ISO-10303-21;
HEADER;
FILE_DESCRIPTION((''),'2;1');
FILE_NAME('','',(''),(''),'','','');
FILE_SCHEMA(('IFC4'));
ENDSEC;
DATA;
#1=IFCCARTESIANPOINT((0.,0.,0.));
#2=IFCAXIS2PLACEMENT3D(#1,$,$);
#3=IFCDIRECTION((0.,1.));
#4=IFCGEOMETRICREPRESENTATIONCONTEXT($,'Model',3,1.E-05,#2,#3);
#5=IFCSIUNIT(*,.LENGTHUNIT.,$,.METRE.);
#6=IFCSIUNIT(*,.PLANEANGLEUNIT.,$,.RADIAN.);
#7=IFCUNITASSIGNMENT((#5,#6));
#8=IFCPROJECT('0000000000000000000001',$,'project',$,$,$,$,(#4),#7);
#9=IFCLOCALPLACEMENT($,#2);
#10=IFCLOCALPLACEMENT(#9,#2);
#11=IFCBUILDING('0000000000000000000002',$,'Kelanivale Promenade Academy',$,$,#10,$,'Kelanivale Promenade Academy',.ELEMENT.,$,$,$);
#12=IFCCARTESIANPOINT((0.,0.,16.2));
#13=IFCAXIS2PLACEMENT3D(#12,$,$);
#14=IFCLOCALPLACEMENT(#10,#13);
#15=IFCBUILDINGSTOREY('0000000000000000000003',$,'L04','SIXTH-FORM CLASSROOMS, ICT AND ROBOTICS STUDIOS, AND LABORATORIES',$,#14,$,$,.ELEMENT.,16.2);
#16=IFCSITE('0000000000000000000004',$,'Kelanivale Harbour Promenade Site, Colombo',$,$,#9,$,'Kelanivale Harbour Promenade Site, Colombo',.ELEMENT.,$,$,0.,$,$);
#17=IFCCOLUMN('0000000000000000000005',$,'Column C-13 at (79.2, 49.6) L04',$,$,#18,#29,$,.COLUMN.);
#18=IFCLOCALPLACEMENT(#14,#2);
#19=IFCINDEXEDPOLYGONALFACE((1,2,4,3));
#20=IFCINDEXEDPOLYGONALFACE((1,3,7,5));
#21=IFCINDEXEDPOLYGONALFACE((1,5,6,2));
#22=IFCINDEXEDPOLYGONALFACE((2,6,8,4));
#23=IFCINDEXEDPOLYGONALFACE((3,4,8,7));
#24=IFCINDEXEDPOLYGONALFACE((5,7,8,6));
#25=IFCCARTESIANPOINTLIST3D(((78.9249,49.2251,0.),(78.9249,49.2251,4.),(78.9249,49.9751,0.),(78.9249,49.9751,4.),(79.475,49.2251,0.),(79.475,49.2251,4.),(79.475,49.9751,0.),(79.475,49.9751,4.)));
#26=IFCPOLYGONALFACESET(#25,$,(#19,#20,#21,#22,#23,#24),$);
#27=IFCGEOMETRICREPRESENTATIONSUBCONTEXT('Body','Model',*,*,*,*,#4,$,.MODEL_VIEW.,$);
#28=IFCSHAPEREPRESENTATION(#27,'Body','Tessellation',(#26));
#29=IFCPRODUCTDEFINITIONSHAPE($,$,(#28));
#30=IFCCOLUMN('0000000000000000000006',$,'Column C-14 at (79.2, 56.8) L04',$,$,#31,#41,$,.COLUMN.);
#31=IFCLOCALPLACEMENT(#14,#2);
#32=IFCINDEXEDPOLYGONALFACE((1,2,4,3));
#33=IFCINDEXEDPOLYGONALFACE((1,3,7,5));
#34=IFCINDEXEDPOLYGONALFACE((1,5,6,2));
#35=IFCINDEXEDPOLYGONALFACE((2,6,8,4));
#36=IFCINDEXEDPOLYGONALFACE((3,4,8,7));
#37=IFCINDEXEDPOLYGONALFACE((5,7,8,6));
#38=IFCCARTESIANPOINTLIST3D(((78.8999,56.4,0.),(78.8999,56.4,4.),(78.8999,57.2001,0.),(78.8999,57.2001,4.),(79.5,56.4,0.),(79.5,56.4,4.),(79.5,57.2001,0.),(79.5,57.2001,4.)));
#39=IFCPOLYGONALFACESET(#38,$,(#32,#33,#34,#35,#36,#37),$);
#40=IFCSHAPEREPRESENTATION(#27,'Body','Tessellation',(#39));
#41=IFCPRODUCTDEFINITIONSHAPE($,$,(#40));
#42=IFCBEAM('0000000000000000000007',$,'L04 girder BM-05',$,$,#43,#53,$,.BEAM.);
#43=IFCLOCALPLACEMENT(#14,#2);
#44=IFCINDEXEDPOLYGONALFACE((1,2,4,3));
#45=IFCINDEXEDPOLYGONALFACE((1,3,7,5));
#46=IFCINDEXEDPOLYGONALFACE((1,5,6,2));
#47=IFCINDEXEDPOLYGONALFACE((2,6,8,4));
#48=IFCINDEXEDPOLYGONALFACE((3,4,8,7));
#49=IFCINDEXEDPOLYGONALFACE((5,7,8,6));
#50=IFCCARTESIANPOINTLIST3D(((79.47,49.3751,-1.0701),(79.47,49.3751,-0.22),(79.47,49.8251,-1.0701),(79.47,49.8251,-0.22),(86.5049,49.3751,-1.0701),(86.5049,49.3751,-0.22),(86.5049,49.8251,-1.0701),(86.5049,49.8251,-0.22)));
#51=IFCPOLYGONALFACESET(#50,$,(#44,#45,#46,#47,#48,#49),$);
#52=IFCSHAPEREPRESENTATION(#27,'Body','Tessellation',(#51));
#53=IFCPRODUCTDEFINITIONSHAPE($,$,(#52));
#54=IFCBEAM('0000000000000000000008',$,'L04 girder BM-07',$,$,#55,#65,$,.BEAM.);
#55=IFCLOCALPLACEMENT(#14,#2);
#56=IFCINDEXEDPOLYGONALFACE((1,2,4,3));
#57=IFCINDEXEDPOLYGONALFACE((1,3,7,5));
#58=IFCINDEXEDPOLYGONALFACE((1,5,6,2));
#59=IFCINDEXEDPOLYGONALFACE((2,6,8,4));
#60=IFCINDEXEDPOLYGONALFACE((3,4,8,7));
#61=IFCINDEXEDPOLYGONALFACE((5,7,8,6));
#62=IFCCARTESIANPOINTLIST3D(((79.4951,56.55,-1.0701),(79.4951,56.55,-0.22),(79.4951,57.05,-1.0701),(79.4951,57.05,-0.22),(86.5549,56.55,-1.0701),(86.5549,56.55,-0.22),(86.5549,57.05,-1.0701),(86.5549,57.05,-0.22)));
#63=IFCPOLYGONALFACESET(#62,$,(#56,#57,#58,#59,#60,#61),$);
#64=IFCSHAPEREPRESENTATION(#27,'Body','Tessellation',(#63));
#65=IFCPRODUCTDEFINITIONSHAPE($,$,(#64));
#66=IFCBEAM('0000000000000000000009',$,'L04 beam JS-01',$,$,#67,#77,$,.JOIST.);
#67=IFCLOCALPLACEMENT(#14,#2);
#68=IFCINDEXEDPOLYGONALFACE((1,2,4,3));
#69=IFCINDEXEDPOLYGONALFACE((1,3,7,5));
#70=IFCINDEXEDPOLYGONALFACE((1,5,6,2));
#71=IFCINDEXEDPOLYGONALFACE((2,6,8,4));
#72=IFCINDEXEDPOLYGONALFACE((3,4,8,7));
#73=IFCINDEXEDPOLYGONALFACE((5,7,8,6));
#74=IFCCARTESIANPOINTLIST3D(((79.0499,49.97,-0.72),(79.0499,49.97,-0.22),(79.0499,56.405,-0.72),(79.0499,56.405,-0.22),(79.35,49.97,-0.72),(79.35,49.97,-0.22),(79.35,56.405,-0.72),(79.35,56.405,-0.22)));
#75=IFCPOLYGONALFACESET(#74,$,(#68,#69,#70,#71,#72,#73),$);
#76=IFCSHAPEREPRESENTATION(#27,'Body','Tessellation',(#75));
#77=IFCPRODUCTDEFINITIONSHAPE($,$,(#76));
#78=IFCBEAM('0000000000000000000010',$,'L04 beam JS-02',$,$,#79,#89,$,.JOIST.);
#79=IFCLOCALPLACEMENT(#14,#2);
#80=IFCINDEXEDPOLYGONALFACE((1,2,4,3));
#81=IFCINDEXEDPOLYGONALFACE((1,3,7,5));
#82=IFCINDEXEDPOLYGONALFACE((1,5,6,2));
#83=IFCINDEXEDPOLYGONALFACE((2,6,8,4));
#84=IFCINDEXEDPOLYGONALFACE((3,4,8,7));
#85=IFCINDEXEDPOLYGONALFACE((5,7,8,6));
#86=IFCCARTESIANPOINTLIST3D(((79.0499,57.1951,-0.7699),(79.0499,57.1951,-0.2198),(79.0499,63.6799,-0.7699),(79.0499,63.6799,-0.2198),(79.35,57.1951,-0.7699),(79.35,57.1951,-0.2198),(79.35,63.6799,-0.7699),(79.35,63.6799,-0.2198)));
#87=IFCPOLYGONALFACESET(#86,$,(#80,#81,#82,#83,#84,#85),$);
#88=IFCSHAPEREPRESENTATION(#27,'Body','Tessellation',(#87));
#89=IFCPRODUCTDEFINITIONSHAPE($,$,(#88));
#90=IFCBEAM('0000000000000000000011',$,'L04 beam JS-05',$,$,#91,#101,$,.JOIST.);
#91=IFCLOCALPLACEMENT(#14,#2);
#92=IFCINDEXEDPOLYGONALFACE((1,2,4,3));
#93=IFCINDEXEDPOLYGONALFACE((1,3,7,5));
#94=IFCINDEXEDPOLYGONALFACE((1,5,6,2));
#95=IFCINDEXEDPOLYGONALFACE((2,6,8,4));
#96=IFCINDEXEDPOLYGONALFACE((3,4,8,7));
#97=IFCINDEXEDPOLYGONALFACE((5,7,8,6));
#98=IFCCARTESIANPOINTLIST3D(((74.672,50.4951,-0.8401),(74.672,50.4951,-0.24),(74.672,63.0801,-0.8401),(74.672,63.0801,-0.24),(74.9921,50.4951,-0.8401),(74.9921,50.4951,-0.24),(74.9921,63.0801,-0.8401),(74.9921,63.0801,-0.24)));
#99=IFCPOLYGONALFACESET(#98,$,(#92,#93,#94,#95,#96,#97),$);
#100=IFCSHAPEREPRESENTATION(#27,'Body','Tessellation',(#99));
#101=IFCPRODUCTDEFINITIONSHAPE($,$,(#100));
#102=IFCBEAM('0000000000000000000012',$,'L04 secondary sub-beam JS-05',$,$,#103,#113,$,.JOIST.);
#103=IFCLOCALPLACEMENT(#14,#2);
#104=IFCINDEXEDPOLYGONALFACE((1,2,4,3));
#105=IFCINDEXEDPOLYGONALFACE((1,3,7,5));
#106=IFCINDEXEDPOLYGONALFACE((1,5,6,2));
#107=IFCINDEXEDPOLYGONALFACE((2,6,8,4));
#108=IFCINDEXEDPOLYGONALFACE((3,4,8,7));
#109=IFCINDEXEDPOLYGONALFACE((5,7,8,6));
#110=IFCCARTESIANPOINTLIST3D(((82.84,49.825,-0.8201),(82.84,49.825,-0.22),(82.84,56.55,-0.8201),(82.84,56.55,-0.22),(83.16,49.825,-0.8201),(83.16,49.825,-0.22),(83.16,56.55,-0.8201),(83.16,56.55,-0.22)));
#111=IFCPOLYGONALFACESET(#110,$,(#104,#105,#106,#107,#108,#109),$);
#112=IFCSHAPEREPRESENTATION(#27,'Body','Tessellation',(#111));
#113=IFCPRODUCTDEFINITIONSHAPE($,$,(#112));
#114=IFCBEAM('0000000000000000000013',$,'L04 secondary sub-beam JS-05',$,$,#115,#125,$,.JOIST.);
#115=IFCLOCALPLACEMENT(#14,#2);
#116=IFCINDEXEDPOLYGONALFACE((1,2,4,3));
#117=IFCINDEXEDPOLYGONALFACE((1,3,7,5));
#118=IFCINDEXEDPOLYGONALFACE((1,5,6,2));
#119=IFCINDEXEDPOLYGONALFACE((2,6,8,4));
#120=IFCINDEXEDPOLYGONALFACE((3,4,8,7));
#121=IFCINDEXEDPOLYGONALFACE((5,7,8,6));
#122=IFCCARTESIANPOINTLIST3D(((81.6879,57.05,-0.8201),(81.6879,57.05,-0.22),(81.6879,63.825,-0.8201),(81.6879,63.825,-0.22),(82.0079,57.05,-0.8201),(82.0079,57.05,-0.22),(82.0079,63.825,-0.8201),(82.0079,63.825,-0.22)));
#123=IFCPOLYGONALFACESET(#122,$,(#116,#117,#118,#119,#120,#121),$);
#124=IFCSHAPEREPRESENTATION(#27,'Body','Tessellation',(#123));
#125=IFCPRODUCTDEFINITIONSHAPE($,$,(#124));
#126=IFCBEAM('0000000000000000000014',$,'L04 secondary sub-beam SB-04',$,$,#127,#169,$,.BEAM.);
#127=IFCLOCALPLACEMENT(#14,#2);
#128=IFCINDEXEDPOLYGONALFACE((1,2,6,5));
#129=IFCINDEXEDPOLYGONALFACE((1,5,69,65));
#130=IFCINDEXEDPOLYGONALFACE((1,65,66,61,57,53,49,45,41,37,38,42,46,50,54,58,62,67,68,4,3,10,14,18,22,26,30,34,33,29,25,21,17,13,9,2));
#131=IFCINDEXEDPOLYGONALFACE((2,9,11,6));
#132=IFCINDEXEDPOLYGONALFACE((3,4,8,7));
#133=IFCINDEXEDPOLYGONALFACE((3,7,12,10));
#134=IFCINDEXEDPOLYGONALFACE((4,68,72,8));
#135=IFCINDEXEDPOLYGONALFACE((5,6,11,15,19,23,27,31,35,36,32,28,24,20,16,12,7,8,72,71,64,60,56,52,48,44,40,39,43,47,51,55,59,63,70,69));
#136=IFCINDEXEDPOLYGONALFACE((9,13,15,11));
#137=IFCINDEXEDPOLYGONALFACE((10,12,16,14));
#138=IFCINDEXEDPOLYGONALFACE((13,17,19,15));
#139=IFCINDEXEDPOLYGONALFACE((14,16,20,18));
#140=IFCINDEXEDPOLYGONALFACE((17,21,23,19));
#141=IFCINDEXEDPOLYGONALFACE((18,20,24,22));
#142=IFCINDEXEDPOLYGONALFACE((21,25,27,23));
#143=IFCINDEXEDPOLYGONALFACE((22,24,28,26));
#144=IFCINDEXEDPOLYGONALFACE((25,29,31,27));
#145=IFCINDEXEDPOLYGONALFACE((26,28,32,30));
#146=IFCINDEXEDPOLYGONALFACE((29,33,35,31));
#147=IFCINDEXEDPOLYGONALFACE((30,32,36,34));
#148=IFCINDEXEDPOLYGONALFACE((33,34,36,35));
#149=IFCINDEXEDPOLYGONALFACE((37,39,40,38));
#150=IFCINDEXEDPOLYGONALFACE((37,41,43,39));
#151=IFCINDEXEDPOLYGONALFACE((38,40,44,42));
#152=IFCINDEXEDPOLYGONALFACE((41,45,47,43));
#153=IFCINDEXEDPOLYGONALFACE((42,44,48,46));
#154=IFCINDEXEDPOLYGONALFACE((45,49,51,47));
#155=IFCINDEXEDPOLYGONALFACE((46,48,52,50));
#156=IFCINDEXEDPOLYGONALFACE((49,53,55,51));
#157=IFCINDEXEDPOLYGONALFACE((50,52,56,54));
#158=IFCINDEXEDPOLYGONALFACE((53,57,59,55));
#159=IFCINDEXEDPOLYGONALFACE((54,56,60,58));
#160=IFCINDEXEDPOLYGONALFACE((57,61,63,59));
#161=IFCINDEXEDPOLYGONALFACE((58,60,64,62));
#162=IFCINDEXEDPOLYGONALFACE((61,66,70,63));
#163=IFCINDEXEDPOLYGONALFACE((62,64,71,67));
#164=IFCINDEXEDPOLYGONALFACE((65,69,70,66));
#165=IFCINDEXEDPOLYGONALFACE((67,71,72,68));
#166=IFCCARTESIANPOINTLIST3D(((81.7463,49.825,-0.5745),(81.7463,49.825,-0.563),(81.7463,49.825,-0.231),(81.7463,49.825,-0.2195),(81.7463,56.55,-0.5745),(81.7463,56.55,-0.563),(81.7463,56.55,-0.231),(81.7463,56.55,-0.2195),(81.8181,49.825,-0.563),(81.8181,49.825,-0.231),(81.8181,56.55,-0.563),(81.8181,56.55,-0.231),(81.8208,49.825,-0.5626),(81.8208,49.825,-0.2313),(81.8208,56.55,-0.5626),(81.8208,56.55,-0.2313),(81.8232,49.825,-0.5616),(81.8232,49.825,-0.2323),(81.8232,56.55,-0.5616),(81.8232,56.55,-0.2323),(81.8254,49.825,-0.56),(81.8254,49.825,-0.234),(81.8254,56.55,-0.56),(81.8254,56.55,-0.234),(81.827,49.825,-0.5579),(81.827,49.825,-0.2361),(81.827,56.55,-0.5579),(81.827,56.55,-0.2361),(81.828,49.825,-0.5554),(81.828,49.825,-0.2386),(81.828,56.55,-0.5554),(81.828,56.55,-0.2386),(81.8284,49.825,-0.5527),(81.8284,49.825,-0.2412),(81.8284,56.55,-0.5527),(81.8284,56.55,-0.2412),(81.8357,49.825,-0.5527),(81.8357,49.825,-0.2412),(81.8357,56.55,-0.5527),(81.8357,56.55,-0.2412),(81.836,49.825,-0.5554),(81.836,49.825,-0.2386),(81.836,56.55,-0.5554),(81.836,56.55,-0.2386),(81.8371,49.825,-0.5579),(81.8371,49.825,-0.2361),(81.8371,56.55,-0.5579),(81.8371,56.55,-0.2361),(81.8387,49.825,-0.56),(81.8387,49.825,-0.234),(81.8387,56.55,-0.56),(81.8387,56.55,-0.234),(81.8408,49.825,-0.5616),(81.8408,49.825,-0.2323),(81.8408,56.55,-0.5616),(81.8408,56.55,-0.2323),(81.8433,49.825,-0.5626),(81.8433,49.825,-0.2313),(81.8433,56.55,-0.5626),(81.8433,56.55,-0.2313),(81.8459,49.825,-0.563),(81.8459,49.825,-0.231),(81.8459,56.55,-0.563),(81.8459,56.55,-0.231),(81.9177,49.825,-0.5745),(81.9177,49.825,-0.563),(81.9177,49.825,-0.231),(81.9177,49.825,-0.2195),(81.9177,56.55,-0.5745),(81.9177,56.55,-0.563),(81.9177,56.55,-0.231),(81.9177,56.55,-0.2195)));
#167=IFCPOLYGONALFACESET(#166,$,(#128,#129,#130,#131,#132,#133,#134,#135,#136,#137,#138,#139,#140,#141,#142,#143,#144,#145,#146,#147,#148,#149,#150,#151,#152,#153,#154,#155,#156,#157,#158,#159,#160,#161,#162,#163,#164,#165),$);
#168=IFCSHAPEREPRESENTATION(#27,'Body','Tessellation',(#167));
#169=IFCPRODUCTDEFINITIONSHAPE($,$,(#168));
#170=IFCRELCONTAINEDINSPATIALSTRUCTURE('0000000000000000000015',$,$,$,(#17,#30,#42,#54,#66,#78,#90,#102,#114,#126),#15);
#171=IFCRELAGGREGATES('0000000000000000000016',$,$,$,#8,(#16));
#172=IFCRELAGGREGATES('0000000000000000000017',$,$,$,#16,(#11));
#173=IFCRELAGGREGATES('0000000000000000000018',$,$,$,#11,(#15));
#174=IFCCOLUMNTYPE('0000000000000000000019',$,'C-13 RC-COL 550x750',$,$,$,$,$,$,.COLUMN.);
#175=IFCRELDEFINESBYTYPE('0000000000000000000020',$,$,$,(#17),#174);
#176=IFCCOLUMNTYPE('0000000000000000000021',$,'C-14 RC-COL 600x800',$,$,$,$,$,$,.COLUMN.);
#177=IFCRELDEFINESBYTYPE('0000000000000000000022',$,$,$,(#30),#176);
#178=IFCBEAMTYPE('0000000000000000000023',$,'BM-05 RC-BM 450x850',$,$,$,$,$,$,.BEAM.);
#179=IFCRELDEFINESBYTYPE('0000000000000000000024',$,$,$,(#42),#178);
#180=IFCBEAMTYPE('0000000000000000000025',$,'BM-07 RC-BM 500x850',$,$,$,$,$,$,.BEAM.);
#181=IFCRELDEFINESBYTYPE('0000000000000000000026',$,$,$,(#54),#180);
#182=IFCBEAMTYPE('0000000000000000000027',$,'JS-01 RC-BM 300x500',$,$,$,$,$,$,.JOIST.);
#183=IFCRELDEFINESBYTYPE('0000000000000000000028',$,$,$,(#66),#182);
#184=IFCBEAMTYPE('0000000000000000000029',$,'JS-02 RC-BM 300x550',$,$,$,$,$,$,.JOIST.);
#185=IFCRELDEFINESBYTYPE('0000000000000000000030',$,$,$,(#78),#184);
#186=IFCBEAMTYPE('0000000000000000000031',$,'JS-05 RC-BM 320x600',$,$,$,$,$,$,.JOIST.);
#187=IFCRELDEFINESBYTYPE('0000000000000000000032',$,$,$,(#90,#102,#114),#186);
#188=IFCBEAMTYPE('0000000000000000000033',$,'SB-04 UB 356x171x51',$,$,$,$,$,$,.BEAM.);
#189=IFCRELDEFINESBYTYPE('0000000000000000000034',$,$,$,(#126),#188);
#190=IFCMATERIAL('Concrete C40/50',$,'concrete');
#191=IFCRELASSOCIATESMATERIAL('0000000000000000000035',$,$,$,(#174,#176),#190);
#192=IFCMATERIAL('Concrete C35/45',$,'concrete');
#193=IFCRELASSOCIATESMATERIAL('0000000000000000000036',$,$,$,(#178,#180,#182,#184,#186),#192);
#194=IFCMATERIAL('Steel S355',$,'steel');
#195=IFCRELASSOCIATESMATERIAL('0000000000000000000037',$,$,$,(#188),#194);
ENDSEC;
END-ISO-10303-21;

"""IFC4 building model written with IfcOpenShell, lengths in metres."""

from ifc_helpers import new_model, si_unit, direction, frame, origin, origin_2d, place, context, subcontext, project, spatial, rectangle, i_section, extrude, material, material_profile, profile_set, type_object, element, save


model = new_model("IFC4")

# Units and contexts
model_context = context("Model", 3, precision=1e-05, world=origin(), true_north=direction((0.0, 1.0)))
body_context = subcontext(model_context, "Body", "Model", "MODEL_VIEW")
ifc_project = project(units=[si_unit("LENGTHUNIT", "METRE"), si_unit("PLANEANGLEUNIT", "RADIAN")], contexts=[model_context])

# Site, building, storey
site_placement = place(None, origin())
site = spatial("IfcSite", under=ifc_project, at=site_placement, Name="Kelanivale Harbour Promenade Site, Colombo", LongName="Kelanivale Harbour Promenade Site, Colombo", CompositionType="ELEMENT", RefElevation=0.0)
building_placement = place(site_placement, origin())
building = spatial("IfcBuilding", under=site, at=building_placement, Name="Kelanivale Promenade Academy", LongName="Kelanivale Promenade Academy", CompositionType="ELEMENT")
storey_placement = place(building_placement, frame((0.0, 0.0, 16.2)))
storey = spatial("IfcBuildingStorey", under=building, at=storey_placement, Name="L04", Description="SIXTH-FORM CLASSROOMS, ICT AND ROBOTICS STUDIOS, AND LABORATORIES", CompositionType="ELEMENT", Elevation=16.2)

# Columns
ifc_material_1 = material(Name="Concrete C40/50", Category="concrete")
ifc_material_profile_1 = material_profile(ifc_material_1, rectangle(XDim=0.55, YDim=0.75, at=origin_2d()), Name="RC-COL 550x750")
ifc_profile_set_1 = profile_set([ifc_material_profile_1], Name="Concrete C40/50")
column_type_1 = type_object("IfcColumnType", Name="C-13 RC-COL 550x750", PredefinedType="COLUMN", material=ifc_profile_set_1)
column_1_placement = place(storey_placement, frame((79.2, 49.6001, 0.0), z_axis=(0.0, 0.0, 1.0), x_axis=(1.0, 0.0, 0.0)))
element("IfcColumn", 1, at=column_1_placement, inside=storey, type_object=column_type_1, Name="Column C-13 at (79.2, 49.6) L04", PredefinedType="COLUMN", context=body_context, shape_type="SweptSolid", body=[
    extrude(rectangle(XDim=0.55, YDim=0.75, at=origin_2d()), origin(), (0.0, 0.0, 1.0), 4.0),
])
ifc_material_profile_2 = material_profile(ifc_material_1, rectangle(XDim=0.6001, YDim=0.8, at=origin_2d()), Name="RC-COL 600x800")
ifc_profile_set_2 = profile_set([ifc_material_profile_2], Name="Concrete C40/50")
column_type_2 = type_object("IfcColumnType", Name="C-14 RC-COL 600x800", PredefinedType="COLUMN", material=ifc_profile_set_2)
column_2_placement = place(storey_placement, frame((79.2, 56.8, 0.0), z_axis=(0.0, 0.0, 1.0), x_axis=(1.0, 0.0, 0.0)))
element("IfcColumn", 2, at=column_2_placement, inside=storey, type_object=column_type_2, Name="Column C-14 at (79.2, 56.8) L04", PredefinedType="COLUMN", context=body_context, shape_type="SweptSolid", body=[
    extrude(rectangle(XDim=0.6001, YDim=0.8, at=origin_2d()), origin(), (0.0, 0.0, 1.0), 4.0),
])

# Beams
ifc_material_2 = material(Name="Concrete C35/45", Category="concrete")
ifc_material_profile_3 = material_profile(ifc_material_2, rectangle(XDim=0.45, YDim=0.8501, at=origin_2d()), Name="RC-BM 450x850")
ifc_profile_set_3 = profile_set([ifc_material_profile_3], Name="Concrete C35/45")
beam_type_1 = type_object("IfcBeamType", Name="BM-05 RC-BM 450x850", PredefinedType="BEAM", material=ifc_profile_set_3)
beam_1_placement = place(storey_placement, frame((79.47, 49.6001, -0.645), z_axis=(1.0, 0.0, 0.0), x_axis=(0.0, 1.0, 0.0)))
element("IfcBeam", 3, at=beam_1_placement, inside=storey, type_object=beam_type_1, Name="L04 girder BM-05", PredefinedType="BEAM", context=body_context, shape_type="SweptSolid", body=[
    extrude(rectangle(XDim=0.45, YDim=0.8501, at=origin_2d()), origin(), (0.0, 0.0, 1.0), 7.0349),
])
ifc_material_profile_4 = material_profile(ifc_material_2, rectangle(XDim=0.5, YDim=0.8501, at=origin_2d()), Name="RC-BM 500x850")
ifc_profile_set_4 = profile_set([ifc_material_profile_4], Name="Concrete C35/45")
beam_type_2 = type_object("IfcBeamType", Name="BM-07 RC-BM 500x850", PredefinedType="BEAM", material=ifc_profile_set_4)
beam_2_placement = place(storey_placement, frame((79.4951, 56.8, -0.645), z_axis=(1.0, 0.0, 0.0), x_axis=(0.0, 1.0, 0.0)))
element("IfcBeam", 4, at=beam_2_placement, inside=storey, type_object=beam_type_2, Name="L04 girder BM-07", PredefinedType="BEAM", context=body_context, shape_type="SweptSolid", body=[
    extrude(rectangle(XDim=0.5, YDim=0.8501, at=origin_2d()), origin(), (0.0, 0.0, 1.0), 7.0598),
])
ifc_material_profile_5 = material_profile(ifc_material_2, rectangle(XDim=0.3, YDim=0.5, at=origin_2d()), Name="RC-BM 300x500")
ifc_profile_set_5 = profile_set([ifc_material_profile_5], Name="Concrete C35/45")
beam_type_3 = type_object("IfcBeamType", Name="JS-01 RC-BM 300x500", PredefinedType="JOIST", material=ifc_profile_set_5)
beam_3_placement = place(storey_placement, frame((79.2, 49.97, -0.47), z_axis=(0.0, 1.0, 0.0), x_axis=(-1.0, 0.0, 0.0)))
element("IfcBeam", 5, at=beam_3_placement, inside=storey, type_object=beam_type_3, Name="L04 beam JS-01", PredefinedType="JOIST", context=body_context, shape_type="SweptSolid", body=[
    extrude(rectangle(XDim=0.3, YDim=0.5, at=origin_2d()), origin(), (0.0, 0.0, 1.0), 6.4351),
])
ifc_material_profile_6 = material_profile(ifc_material_2, rectangle(XDim=0.3, YDim=0.55, at=origin_2d()), Name="RC-BM 300x550")
ifc_profile_set_6 = profile_set([ifc_material_profile_6], Name="Concrete C35/45")
beam_type_4 = type_object("IfcBeamType", Name="JS-02 RC-BM 300x550", PredefinedType="JOIST", material=ifc_profile_set_6)
beam_4_placement = place(storey_placement, frame((79.2, 57.1951, -0.4949), z_axis=(0.0, 1.0, 0.0), x_axis=(-1.0, 0.0, 0.0)))
element("IfcBeam", 6, at=beam_4_placement, inside=storey, type_object=beam_type_4, Name="L04 beam JS-02", PredefinedType="JOIST", context=body_context, shape_type="SweptSolid", body=[
    extrude(rectangle(XDim=0.3, YDim=0.55, at=origin_2d()), origin(), (0.0, 0.0, 1.0), 6.4849),
])
ifc_material_profile_7 = material_profile(ifc_material_2, rectangle(XDim=0.3201, YDim=0.6001, at=origin_2d()), Name="RC-BM 320x600")
ifc_profile_set_7 = profile_set([ifc_material_profile_7], Name="Concrete C35/45")
beam_type_5 = type_object("IfcBeamType", Name="JS-05 RC-BM 320x600", PredefinedType="JOIST", material=ifc_profile_set_7)
beam_5_placement = place(storey_placement, frame((74.832, 50.4951, -0.54), z_axis=(0.0, 1.0, 0.0), x_axis=(-1.0, 0.0, 0.0)))
element("IfcBeam", 7, at=beam_5_placement, inside=storey, type_object=beam_type_5, Name="L04 beam JS-05", PredefinedType="JOIST", context=body_context, shape_type="SweptSolid", body=[
    extrude(rectangle(XDim=0.3201, YDim=0.6001, at=origin_2d()), origin(), (0.0, 0.0, 1.0), 12.585),
])
beam_6_placement = place(storey_placement, frame((83.0, 49.825, -0.52), z_axis=(0.0, 1.0, 0.0), x_axis=(-1.0, 0.0, 0.0)))
element("IfcBeam", 8, at=beam_6_placement, inside=storey, type_object=beam_type_5, Name="L04 secondary sub-beam JS-05", PredefinedType="JOIST", context=body_context, shape_type="SweptSolid", body=[
    extrude(rectangle(XDim=0.3201, YDim=0.6001, at=origin_2d()), origin(), (0.0, 0.0, 1.0), 6.7251),
])
beam_7_placement = place(storey_placement, frame((81.8479, 57.05, -0.52), z_axis=(0.0, 1.0, 0.0), x_axis=(-1.0, 0.0, 0.0)))
element("IfcBeam", 9, at=beam_7_placement, inside=storey, type_object=beam_type_5, Name="L04 secondary sub-beam JS-05", PredefinedType="JOIST", context=body_context, shape_type="SweptSolid", body=[
    extrude(rectangle(XDim=0.3201, YDim=0.6001, at=origin_2d()), origin(), (0.0, 0.0, 1.0), 6.7749),
])
ifc_material_3 = material(Name="Steel S355", Category="steel")
ifc_material_profile_8 = material_profile(ifc_material_3, i_section(OverallWidth=0.1714, OverallDepth=0.355, WebThickness=0.0073, FlangeThickness=0.0115, FilletRadius=0.0103, at=origin_2d()), Name="UB 356x171x51")
ifc_profile_set_8 = profile_set([ifc_material_profile_8], Name="Steel S355")
beam_type_6 = type_object("IfcBeamType", Name="SB-04 UB 356x171x51", PredefinedType="BEAM", material=ifc_profile_set_8)
beam_8_placement = place(storey_placement, frame((81.832, 49.825, -0.397), z_axis=(0.0, 1.0, 0.0), x_axis=(-1.0, 0.0, 0.0)))
element("IfcBeam", 10, at=beam_8_placement, inside=storey, type_object=beam_type_6, Name="L04 secondary sub-beam SB-04", PredefinedType="BEAM", context=body_context, shape_type="SweptSolid", body=[
    extrude(i_section(OverallWidth=0.1714, OverallDepth=0.355, WebThickness=0.0073, FlangeThickness=0.0115, FilletRadius=0.0103, at=origin_2d()), origin(), (0.0, 0.0, 1.0), 6.7251),
])

save(model, "model.ifc")
